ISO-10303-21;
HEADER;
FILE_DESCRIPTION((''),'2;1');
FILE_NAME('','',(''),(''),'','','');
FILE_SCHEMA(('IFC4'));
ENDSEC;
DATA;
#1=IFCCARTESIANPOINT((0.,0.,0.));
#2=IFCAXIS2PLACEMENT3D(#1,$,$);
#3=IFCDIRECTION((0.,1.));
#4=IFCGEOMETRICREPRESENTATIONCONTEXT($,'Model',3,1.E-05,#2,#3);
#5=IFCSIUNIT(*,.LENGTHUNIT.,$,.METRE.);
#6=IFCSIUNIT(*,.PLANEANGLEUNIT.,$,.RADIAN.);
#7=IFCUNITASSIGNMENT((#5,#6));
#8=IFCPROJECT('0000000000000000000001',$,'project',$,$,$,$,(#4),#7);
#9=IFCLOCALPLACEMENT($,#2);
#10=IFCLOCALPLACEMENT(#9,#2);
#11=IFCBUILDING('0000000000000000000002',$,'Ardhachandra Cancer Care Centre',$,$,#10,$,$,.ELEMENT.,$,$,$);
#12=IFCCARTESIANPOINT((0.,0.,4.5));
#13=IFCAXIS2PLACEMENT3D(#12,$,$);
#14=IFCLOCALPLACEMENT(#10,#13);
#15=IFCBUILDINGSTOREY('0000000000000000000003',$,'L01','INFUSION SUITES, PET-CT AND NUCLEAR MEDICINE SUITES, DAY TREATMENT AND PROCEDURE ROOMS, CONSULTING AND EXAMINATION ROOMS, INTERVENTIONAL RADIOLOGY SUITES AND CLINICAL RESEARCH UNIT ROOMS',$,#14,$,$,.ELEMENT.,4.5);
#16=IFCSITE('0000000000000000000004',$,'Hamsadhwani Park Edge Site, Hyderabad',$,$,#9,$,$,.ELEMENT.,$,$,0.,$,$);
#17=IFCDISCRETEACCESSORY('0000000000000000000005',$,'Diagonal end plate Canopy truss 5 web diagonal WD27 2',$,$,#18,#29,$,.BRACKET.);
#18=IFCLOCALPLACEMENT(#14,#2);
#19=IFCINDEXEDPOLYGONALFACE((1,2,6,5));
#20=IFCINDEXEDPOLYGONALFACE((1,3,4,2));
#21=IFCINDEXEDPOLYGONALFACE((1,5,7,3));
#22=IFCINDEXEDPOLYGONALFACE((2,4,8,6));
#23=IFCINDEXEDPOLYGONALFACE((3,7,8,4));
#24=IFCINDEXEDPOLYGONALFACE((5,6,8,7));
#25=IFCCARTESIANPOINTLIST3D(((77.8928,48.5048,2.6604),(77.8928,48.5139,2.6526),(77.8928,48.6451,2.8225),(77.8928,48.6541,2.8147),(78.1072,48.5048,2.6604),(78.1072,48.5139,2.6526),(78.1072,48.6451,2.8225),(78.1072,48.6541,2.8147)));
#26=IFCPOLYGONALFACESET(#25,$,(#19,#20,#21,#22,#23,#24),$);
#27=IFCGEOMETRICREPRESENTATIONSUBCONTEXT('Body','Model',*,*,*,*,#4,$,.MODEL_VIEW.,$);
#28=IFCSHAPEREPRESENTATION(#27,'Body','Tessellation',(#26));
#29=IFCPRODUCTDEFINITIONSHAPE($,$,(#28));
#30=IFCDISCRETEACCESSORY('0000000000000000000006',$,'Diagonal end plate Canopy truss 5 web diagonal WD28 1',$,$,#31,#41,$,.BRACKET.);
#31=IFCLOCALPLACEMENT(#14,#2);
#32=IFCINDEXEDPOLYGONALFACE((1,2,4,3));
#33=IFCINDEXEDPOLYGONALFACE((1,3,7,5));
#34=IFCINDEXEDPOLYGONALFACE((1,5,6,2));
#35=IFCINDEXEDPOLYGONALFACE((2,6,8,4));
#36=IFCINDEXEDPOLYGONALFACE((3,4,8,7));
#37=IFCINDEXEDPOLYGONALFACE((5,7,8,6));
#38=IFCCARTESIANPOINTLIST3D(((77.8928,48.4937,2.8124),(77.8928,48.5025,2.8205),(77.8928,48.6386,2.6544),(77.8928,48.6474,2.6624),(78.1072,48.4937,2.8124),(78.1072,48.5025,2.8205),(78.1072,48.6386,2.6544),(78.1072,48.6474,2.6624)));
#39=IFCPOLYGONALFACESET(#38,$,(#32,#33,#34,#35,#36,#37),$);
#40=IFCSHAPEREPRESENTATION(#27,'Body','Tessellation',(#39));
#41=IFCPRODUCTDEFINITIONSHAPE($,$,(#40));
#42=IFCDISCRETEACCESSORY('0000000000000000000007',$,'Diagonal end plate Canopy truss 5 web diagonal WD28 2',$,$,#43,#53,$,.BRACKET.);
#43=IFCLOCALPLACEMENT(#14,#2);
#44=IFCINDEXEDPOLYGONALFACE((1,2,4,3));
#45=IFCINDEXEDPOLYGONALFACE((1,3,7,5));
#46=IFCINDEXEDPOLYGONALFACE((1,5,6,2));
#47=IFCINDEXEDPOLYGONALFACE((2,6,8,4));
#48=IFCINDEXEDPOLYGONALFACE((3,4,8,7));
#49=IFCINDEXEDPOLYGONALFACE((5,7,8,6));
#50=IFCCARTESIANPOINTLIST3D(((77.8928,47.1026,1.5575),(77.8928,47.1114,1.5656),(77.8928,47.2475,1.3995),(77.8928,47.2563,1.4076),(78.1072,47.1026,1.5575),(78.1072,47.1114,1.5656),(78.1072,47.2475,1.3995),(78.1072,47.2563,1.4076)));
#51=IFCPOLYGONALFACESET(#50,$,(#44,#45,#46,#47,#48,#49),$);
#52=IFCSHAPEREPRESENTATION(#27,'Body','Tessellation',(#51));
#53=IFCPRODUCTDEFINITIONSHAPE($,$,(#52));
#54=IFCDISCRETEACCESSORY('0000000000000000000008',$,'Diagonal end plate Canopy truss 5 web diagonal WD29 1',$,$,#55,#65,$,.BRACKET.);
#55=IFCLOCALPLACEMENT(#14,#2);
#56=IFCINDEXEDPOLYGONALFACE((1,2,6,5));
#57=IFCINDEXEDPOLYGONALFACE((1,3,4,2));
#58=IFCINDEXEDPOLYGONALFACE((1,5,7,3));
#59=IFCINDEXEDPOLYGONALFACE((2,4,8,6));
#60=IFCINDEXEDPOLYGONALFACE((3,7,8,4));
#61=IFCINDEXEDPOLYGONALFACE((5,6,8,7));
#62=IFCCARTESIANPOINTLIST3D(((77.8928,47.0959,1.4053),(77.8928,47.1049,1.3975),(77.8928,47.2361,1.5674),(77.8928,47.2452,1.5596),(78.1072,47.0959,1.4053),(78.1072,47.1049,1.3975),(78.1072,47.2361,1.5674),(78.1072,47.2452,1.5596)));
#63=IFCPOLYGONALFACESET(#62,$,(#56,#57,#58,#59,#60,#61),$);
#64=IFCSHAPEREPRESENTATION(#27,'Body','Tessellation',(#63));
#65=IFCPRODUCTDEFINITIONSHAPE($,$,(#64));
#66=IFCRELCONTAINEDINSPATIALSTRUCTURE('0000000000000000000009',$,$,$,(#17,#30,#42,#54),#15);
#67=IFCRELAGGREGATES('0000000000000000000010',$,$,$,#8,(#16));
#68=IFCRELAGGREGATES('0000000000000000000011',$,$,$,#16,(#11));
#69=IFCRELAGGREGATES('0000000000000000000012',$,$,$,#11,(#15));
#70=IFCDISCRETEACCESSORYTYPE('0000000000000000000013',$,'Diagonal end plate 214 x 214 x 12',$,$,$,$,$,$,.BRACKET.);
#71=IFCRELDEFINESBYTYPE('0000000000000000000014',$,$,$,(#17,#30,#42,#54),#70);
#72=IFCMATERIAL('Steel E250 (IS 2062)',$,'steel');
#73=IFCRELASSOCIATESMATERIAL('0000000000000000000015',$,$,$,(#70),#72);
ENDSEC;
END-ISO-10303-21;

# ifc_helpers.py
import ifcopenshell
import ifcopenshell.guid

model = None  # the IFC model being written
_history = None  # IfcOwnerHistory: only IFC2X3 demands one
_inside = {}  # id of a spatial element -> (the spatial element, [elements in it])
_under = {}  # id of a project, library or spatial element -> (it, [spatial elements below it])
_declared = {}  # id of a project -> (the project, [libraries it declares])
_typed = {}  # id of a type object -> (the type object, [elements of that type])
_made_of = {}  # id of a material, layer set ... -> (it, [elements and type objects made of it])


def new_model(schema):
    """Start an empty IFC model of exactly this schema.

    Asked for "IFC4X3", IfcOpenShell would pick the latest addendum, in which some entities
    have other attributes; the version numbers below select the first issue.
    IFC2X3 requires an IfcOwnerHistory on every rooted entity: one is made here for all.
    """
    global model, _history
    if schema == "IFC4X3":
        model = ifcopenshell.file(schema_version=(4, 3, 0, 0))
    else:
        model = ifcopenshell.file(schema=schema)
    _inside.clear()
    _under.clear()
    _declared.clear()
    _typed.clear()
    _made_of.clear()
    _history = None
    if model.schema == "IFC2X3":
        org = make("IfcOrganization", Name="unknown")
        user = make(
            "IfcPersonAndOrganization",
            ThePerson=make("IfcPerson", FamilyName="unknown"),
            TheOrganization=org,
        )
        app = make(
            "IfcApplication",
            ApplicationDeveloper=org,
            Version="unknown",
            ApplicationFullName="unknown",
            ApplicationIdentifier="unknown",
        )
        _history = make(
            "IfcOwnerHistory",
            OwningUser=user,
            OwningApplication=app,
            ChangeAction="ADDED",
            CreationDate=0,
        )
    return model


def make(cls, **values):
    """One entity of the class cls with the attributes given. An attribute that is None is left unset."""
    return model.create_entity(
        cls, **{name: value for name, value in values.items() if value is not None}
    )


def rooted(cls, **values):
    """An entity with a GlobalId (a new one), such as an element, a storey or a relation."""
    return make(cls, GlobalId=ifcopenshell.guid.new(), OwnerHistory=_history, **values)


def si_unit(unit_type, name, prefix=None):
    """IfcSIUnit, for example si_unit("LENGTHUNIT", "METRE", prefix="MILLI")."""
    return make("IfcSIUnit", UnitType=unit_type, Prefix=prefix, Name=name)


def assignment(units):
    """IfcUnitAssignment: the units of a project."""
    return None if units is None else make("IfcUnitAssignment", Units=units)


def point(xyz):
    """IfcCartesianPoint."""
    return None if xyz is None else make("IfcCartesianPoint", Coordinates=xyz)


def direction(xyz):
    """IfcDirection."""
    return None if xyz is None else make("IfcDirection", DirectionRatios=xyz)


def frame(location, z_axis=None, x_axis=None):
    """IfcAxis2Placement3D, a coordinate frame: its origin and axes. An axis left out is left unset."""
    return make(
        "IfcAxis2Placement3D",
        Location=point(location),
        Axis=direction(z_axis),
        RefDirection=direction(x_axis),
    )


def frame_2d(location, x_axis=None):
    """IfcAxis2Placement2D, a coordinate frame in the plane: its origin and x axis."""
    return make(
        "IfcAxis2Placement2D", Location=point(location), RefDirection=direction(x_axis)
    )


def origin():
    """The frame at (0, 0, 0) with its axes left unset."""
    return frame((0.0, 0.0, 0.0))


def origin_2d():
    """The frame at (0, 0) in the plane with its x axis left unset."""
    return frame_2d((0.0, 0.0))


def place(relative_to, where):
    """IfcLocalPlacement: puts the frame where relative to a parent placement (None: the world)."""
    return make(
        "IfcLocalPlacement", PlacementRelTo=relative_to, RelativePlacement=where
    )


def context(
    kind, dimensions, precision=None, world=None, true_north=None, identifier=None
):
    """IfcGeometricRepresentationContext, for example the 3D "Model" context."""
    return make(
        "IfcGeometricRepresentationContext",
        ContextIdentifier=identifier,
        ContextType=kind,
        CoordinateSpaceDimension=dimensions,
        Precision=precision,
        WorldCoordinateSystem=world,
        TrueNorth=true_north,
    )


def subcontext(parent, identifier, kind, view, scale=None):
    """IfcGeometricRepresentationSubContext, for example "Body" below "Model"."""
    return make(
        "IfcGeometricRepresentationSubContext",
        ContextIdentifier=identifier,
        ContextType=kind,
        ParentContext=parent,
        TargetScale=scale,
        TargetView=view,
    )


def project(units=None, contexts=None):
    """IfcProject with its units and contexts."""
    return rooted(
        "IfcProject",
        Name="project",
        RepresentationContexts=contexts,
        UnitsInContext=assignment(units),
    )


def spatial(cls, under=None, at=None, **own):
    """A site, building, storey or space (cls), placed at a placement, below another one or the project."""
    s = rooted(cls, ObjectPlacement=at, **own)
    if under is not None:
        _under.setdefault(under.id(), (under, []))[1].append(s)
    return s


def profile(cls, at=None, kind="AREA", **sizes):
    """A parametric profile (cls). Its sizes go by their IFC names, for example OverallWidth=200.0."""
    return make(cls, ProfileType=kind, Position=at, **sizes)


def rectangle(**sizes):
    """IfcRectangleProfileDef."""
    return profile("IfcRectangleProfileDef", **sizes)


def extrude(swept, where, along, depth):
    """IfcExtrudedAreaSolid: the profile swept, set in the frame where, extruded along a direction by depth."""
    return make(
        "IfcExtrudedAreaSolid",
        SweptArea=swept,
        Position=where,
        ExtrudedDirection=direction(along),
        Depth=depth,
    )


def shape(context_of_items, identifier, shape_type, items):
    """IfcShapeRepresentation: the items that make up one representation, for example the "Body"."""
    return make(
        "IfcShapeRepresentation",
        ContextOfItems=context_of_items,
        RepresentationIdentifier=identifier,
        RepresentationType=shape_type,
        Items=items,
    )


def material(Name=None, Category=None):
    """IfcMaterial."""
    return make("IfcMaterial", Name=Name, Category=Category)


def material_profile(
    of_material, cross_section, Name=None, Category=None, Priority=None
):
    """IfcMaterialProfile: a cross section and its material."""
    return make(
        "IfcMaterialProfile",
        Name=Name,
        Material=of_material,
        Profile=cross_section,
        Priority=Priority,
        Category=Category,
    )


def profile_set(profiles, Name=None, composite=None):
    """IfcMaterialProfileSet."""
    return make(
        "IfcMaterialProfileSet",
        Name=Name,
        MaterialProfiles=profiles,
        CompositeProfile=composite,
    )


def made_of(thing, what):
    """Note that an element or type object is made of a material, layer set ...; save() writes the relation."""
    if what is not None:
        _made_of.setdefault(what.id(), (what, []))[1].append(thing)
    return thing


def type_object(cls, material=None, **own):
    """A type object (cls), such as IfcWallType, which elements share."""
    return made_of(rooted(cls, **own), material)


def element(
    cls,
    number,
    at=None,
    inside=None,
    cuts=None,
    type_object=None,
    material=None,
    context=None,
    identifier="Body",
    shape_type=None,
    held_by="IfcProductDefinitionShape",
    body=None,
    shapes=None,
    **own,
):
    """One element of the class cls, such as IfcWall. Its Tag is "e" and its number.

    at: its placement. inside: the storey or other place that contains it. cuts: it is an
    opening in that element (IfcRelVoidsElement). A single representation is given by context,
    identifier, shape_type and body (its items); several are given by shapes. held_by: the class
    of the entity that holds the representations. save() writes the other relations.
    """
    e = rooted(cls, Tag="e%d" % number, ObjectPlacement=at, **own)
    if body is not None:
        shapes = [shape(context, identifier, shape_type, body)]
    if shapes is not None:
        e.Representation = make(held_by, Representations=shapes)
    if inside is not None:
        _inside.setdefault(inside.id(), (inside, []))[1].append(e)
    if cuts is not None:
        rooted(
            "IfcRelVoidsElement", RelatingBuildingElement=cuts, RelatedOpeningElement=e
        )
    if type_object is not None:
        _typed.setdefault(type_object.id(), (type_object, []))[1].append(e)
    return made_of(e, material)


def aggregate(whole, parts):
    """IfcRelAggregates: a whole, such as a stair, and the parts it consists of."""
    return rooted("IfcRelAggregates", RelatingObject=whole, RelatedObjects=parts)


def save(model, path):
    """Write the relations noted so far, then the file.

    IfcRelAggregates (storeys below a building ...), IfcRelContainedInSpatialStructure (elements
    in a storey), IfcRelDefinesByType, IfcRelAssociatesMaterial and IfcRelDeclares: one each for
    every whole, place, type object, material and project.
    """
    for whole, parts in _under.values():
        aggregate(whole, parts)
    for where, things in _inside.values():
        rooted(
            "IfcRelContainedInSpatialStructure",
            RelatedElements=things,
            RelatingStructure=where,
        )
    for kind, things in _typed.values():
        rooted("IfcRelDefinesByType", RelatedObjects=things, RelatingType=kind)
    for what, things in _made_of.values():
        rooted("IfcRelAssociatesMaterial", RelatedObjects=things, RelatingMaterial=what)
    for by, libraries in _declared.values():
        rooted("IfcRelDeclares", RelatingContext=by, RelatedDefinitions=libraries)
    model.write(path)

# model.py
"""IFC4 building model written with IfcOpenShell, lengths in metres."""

from ifc_helpers import new_model, si_unit, direction, frame, origin, origin_2d, place, context, subcontext, project, spatial, rectangle, extrude, material, material_profile, profile_set, type_object, element, save


model = new_model("IFC4")

# Units and contexts
model_context = context("Model", 3, precision=1e-05, world=origin(), true_north=direction((0.0, 1.0)))
body_context = subcontext(model_context, "Body", "Model", "MODEL_VIEW")
ifc_project = project(units=[si_unit("LENGTHUNIT", "METRE"), si_unit("PLANEANGLEUNIT", "RADIAN")], contexts=[model_context])

# Site, building, storey
site_placement = place(None, origin())
site = spatial("IfcSite", under=ifc_project, at=site_placement, Name="Hamsadhwani Park Edge Site, Hyderabad", CompositionType="ELEMENT", RefElevation=0.0)
building_placement = place(site_placement, origin())
building = spatial("IfcBuilding", under=site, at=building_placement, Name="Ardhachandra Cancer Care Centre", CompositionType="ELEMENT")
storey_placement = place(building_placement, frame((0.0, 0.0, 4.5)))
storey = spatial("IfcBuildingStorey", under=building, at=storey_placement, Name="L01", Description="INFUSION SUITES, PET-CT AND NUCLEAR MEDICINE SUITES, DAY TREATMENT AND PROCEDURE ROOMS, CONSULTING AND EXAMINATION ROOMS, INTERVENTIONAL RADIOLOGY SUITES AND CLINICAL RESEARCH UNIT ROOMS", CompositionType="ELEMENT", Elevation=4.5)

# Discrete accessories
ifc_material_1 = material(Name="Steel E250 (IS 2062)", Category="steel")
ifc_material_profile_1 = material_profile(ifc_material_1, rectangle(XDim=0.2144, YDim=0.2144, at=origin_2d()), Name="PL 214x214x12")
ifc_profile_set_1 = profile_set([ifc_material_profile_1], Name="Steel E250 (IS 2062)")
discrete_accessory_type = type_object("IfcDiscreteAccessoryType", Name="Diagonal end plate 214 x 214 x 12", PredefinedType="BRACKET", material=ifc_profile_set_1)
for number, where, z_axis, x_axis, name in (
    (1, (78.0, 48.575, 2.7415), (0.0, 0.756363, -0.654152), (-1.0, 0.0, 0.0), "Diagonal end plate Canopy truss 5 web diagonal WD27 2"),
    (2, (78.0, 48.575, 2.7415), (0.0, -0.737154, -0.675725), (1.0, 0.0, 0.0), "Diagonal end plate Canopy truss 5 web diagonal WD28 1"),
    (3, (78.0, 47.175, 1.4785), (0.0, 0.737154, 0.675725), (-1.0, 0.0, 0.0), "Diagonal end plate Canopy truss 5 web diagonal WD28 2"),
    (4, (78.0, 47.175, 1.4785), (0.0, -0.756363, 0.654152), (1.0, 0.0, 0.0), "Diagonal end plate Canopy truss 5 web diagonal WD29 1"),
):
    element("IfcDiscreteAccessory", number, at=place(storey_placement, frame(where, z_axis=z_axis, x_axis=x_axis)), inside=storey, type_object=discrete_accessory_type, Name=name, PredefinedType="BRACKET", context=body_context, shape_type="SweptSolid", body=[
        extrude(rectangle(XDim=0.2144, YDim=0.2144, at=origin_2d()), origin(), (0.0, 0.0, 1.0), 0.012),
    ])

save(model, "model.ifc")
